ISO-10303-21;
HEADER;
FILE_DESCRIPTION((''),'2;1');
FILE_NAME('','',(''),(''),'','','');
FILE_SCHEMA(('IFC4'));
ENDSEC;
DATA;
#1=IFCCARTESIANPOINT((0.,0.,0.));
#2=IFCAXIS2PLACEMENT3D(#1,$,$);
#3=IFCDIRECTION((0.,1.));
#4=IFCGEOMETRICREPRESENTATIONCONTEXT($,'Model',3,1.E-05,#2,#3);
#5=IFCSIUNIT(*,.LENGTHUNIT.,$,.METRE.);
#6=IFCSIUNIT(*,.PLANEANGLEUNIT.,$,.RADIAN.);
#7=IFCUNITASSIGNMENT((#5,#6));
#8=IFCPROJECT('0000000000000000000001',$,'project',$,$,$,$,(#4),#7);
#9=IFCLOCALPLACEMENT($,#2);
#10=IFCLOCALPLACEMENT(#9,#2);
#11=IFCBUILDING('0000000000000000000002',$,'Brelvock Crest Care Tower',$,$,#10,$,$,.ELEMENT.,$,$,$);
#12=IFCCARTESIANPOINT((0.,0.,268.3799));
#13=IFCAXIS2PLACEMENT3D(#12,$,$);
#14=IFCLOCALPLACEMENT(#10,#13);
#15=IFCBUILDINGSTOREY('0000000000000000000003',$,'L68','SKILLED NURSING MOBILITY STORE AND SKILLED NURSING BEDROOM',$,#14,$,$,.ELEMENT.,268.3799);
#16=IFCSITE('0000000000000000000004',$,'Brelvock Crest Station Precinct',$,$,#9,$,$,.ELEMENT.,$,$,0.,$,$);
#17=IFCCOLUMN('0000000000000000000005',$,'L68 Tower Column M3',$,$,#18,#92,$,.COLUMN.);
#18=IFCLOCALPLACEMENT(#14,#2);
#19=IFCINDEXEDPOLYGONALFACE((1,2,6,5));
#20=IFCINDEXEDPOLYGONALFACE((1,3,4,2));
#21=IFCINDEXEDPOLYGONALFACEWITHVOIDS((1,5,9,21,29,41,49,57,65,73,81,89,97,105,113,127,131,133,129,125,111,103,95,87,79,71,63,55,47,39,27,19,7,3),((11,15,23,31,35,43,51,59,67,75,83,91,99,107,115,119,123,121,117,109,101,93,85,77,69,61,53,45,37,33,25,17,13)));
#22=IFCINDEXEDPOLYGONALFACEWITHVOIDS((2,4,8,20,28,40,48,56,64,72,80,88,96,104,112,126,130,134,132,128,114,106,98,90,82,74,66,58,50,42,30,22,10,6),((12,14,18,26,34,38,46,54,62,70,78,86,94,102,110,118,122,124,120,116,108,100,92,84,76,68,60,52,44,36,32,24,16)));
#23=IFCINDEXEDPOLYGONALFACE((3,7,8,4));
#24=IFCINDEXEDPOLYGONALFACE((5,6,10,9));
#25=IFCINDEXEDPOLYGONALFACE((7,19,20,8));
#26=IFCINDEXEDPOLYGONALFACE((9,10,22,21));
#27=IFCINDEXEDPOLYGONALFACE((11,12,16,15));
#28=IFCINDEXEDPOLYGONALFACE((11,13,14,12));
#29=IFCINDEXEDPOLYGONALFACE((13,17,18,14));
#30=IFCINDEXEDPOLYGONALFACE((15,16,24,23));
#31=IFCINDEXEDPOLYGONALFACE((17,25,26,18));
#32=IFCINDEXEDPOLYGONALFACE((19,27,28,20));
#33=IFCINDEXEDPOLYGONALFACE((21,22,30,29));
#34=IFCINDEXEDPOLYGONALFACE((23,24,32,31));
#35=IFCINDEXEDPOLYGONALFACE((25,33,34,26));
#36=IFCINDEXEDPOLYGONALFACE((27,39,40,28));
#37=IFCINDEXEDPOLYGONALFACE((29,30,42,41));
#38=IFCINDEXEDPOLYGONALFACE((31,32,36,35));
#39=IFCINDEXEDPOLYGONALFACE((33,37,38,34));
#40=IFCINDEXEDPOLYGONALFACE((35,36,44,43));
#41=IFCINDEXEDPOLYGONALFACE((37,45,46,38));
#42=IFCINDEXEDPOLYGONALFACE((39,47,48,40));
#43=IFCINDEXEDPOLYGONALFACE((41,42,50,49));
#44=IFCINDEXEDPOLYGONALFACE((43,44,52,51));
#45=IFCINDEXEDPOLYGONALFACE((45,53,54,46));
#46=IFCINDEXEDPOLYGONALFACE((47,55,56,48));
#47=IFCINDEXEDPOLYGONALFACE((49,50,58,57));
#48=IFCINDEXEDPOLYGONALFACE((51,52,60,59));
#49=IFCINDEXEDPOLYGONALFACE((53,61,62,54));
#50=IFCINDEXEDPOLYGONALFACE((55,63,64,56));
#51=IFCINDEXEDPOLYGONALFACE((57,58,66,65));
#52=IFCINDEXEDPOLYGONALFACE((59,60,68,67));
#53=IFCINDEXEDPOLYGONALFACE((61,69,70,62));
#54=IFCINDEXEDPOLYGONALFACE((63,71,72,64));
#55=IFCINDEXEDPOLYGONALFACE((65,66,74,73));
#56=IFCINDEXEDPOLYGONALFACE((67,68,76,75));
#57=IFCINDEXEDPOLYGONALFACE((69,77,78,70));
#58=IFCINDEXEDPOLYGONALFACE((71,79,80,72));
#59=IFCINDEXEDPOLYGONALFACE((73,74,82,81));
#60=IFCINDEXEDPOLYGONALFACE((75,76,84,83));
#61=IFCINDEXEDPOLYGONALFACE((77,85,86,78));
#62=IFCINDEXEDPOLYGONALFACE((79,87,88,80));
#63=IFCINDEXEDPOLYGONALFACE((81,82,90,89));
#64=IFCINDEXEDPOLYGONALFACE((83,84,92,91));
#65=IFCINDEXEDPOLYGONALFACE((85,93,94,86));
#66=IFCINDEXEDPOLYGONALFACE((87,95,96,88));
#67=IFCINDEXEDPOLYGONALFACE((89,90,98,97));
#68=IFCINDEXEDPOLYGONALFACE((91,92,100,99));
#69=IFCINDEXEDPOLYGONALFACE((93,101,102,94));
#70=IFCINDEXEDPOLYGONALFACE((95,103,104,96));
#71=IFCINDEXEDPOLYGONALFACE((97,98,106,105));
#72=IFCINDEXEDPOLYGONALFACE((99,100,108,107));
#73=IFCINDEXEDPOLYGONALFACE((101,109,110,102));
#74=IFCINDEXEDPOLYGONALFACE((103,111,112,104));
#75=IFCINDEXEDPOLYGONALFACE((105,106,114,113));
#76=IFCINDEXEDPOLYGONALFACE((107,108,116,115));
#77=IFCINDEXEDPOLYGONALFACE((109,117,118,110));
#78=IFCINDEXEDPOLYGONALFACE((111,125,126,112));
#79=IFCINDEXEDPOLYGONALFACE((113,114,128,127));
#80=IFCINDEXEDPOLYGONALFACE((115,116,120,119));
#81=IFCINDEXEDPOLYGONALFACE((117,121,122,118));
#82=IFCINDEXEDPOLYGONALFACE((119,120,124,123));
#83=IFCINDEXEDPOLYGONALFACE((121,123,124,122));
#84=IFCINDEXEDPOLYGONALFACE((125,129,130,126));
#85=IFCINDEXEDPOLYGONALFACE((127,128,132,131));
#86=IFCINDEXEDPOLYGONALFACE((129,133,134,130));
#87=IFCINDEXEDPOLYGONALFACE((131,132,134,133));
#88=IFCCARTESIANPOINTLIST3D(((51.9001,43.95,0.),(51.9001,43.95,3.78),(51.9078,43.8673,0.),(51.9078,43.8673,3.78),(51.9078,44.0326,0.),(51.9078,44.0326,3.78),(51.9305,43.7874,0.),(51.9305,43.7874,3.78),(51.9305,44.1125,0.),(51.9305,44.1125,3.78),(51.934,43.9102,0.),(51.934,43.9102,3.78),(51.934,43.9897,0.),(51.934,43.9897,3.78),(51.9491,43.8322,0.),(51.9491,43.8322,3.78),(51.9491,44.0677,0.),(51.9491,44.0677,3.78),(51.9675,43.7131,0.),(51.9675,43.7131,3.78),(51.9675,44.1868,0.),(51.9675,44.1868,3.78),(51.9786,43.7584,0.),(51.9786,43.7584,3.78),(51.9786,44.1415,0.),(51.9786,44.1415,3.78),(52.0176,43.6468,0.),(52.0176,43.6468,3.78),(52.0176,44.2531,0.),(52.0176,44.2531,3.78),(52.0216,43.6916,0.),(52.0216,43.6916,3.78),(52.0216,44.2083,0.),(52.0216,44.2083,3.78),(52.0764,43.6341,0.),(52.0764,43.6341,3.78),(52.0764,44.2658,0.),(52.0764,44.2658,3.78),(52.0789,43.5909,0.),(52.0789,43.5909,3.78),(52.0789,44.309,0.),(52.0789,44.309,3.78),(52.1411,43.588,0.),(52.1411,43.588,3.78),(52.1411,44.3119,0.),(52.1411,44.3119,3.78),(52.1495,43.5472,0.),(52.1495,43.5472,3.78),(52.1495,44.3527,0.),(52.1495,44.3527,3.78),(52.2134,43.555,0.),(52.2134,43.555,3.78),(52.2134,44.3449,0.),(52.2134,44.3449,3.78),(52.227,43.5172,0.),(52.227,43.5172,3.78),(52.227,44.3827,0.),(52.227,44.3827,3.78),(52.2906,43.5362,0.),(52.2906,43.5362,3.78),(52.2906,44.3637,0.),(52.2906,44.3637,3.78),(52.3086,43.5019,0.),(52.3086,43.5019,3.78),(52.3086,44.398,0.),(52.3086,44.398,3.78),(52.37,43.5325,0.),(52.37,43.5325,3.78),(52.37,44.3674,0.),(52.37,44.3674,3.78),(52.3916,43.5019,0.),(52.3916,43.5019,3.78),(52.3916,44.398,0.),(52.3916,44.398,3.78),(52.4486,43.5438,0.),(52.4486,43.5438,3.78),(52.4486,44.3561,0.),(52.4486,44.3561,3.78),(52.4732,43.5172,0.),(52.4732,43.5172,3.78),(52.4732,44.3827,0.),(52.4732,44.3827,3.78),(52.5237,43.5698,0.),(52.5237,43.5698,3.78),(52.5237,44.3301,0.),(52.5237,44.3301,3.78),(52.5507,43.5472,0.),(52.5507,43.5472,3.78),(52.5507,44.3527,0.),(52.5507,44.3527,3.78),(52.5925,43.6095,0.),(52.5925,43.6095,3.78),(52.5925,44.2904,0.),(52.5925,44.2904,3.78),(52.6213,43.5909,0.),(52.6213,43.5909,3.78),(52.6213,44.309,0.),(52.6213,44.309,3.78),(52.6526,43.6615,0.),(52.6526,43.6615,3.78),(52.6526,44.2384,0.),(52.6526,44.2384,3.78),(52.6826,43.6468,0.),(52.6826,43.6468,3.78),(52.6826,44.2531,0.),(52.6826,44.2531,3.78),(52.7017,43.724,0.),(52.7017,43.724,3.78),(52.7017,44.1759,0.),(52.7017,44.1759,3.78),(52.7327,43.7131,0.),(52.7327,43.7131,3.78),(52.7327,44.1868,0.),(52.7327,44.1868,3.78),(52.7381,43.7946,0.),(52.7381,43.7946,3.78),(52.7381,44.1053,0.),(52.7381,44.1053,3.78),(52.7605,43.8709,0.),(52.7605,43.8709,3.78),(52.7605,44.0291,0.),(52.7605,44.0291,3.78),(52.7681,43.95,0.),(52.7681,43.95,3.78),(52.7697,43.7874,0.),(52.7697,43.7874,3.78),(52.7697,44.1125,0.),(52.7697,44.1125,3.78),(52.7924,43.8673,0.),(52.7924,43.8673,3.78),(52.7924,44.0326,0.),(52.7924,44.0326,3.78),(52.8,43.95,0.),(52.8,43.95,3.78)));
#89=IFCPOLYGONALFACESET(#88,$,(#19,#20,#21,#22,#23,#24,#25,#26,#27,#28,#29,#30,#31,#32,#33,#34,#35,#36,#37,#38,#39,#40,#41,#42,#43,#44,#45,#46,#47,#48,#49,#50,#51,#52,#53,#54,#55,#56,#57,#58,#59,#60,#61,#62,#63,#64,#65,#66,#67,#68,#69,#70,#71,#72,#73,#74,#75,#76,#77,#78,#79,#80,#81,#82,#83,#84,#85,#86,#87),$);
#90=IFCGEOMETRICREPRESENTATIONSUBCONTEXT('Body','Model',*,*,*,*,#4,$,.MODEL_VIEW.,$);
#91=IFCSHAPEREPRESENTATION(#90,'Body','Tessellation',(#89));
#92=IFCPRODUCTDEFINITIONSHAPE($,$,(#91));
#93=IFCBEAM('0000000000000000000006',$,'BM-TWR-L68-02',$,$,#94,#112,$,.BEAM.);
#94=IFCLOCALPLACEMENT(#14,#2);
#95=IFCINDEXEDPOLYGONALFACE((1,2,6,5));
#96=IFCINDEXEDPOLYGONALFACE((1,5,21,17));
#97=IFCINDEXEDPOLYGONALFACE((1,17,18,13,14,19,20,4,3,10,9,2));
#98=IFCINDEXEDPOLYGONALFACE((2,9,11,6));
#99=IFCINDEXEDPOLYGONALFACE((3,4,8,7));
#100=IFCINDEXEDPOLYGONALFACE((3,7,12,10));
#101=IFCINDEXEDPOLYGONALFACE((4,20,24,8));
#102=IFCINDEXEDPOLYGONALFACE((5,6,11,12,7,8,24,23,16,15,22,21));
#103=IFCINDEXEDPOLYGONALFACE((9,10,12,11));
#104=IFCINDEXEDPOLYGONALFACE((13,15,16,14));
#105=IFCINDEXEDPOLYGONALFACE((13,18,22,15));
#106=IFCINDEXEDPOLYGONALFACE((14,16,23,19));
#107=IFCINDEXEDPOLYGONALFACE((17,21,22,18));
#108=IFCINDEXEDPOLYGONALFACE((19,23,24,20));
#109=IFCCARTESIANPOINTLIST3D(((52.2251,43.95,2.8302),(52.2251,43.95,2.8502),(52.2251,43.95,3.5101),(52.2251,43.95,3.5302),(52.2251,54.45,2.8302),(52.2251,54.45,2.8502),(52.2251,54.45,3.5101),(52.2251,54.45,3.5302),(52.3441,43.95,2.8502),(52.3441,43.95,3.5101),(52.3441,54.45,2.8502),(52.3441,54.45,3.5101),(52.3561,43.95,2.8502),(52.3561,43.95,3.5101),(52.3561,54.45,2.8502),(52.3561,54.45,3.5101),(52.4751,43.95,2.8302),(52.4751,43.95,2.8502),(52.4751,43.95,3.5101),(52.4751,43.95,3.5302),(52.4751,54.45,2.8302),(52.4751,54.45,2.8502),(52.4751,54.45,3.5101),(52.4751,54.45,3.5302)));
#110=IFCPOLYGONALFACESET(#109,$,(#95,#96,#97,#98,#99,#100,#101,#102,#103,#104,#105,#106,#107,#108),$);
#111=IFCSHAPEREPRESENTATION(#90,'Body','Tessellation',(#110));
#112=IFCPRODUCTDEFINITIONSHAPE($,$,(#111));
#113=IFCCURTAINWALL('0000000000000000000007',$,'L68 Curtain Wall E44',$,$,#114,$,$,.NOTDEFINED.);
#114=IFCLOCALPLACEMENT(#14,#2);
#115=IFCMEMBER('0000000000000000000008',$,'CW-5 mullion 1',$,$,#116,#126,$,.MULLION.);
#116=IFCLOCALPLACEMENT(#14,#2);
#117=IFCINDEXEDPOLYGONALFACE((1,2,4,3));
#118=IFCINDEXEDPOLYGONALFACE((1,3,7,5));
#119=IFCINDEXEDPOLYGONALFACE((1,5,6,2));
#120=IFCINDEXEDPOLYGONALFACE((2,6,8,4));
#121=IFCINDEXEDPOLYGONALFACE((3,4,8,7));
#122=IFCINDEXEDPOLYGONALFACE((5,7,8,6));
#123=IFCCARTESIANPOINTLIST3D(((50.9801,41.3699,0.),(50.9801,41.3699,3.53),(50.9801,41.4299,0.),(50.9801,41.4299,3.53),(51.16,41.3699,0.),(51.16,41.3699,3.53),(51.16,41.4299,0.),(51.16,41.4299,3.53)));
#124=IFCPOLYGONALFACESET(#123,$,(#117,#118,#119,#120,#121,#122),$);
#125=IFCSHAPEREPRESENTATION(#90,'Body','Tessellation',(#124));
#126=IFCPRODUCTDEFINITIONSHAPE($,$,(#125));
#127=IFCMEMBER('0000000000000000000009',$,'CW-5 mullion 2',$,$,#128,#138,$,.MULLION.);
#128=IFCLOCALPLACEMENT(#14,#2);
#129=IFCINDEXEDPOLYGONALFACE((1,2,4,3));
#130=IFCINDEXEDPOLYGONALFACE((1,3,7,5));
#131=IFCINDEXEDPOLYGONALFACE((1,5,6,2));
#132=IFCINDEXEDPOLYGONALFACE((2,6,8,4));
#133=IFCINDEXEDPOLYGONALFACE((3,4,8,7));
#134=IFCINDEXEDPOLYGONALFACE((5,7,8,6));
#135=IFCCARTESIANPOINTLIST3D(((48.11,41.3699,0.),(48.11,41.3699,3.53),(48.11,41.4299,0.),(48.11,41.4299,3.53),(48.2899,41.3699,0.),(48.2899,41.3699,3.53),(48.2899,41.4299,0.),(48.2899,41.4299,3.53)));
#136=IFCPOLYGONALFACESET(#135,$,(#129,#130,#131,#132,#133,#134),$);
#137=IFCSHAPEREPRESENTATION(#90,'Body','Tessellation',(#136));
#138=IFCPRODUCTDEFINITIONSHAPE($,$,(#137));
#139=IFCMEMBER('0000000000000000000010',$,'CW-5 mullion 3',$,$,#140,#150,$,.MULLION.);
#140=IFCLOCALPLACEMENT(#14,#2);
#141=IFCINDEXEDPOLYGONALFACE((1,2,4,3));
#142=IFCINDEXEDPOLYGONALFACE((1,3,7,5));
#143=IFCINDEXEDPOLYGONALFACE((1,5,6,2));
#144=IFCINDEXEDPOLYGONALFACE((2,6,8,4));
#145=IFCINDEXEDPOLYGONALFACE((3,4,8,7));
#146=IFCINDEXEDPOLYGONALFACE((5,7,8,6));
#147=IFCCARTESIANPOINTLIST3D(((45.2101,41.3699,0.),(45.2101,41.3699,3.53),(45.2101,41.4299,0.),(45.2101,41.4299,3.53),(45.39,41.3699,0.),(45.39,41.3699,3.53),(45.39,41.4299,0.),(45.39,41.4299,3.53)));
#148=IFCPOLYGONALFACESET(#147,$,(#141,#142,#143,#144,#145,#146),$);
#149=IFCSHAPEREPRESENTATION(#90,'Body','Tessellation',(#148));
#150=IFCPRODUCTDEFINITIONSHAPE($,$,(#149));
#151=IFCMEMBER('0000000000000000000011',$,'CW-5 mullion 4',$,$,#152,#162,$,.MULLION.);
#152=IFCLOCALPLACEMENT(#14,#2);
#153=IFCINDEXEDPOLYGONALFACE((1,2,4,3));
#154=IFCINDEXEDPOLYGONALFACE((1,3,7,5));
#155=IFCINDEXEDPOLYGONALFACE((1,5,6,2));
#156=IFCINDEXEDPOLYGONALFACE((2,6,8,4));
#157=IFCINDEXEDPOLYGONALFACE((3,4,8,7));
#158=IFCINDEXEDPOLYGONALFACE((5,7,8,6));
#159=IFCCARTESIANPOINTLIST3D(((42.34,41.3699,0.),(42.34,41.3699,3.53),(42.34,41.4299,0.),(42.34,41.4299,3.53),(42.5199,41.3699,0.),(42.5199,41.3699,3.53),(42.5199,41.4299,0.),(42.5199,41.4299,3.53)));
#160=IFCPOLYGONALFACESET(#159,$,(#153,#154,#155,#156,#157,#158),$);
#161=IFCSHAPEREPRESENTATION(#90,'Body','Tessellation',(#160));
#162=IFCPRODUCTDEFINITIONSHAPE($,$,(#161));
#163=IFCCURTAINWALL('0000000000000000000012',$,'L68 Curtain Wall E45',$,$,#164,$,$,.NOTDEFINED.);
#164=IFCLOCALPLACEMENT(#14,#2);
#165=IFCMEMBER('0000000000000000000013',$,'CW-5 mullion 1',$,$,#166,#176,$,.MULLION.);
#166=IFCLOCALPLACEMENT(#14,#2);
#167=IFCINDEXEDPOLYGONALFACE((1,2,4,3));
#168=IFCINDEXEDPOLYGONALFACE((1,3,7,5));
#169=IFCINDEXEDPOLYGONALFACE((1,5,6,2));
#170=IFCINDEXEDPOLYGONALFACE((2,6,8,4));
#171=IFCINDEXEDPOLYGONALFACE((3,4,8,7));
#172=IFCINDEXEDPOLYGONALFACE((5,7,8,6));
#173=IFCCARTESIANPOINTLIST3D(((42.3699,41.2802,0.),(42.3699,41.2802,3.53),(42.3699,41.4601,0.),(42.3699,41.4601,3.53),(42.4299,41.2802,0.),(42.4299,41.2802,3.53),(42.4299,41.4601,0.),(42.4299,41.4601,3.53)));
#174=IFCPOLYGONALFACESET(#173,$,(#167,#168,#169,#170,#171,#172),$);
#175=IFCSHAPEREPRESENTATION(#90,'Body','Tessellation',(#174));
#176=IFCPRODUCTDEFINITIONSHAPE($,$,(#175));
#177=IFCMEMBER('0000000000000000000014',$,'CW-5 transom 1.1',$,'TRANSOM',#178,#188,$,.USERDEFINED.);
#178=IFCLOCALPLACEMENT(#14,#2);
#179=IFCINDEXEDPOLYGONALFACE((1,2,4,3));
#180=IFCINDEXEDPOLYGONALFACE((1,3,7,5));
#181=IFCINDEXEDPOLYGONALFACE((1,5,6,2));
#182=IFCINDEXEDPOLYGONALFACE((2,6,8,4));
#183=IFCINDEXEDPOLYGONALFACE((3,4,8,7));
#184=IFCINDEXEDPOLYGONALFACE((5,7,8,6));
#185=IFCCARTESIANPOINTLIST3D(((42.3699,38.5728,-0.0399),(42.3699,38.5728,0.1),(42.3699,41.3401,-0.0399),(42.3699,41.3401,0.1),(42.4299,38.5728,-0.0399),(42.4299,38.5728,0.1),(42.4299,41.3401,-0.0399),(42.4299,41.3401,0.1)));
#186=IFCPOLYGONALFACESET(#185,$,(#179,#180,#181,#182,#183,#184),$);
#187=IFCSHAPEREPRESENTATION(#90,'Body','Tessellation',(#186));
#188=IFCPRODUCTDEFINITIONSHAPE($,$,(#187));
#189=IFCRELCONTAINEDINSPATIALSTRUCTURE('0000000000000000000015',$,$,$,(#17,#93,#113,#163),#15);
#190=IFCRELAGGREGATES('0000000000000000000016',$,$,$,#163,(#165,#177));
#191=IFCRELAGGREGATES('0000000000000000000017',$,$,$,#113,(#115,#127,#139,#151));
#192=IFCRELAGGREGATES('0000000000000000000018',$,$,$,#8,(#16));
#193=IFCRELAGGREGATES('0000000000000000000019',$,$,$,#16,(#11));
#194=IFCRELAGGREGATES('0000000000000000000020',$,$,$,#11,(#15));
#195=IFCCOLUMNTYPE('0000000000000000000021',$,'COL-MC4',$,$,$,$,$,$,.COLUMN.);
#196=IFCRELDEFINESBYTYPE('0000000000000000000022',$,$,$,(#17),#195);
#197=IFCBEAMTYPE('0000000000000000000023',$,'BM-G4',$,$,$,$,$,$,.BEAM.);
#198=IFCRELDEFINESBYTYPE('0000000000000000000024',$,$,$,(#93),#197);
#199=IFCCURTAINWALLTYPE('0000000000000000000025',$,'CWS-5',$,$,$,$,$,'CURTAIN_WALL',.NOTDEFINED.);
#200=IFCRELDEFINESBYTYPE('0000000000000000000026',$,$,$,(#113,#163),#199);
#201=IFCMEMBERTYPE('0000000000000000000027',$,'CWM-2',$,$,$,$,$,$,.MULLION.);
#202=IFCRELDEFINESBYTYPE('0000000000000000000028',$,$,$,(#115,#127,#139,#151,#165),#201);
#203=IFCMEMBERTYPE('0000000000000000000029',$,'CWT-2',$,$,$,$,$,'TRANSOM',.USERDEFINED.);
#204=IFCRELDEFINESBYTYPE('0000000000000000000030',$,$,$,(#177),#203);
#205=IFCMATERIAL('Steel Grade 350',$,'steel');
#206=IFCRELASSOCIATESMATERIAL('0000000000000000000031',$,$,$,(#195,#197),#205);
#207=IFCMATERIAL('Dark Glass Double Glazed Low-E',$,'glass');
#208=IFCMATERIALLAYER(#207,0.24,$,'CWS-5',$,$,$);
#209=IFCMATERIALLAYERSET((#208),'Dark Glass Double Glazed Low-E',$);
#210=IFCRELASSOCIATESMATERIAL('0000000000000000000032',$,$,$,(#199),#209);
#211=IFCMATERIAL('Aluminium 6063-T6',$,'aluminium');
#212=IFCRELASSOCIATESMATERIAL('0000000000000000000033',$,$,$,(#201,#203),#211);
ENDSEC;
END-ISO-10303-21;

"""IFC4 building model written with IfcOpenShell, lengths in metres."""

from ifc_helpers import new_model, si_unit, direction, frame, origin, origin_2d, place, context, subcontext, project, spatial, rectangle, hollow_circle, i_section, extrude, source, transform, mapped, material, layer, layer_set, material_profile, profile_set, type_object, element, aggregate, save


model = new_model("IFC4")

# Units and contexts
model_context = context("Model", 3, precision=1e-05, world=origin(), true_north=direction((0.0, 1.0)))
body_context = subcontext(model_context, "Body", "Model", "MODEL_VIEW")
ifc_project = project(units=[si_unit("LENGTHUNIT", "METRE"), si_unit("PLANEANGLEUNIT", "RADIAN")], contexts=[model_context])

# Site, building, storey
site_placement = place(None, origin())
site = spatial("IfcSite", under=ifc_project, at=site_placement, Name="Brelvock Crest Station Precinct", CompositionType="ELEMENT", RefElevation=0.0)
building_placement = place(site_placement, origin())
building = spatial("IfcBuilding", under=site, at=building_placement, Name="Brelvock Crest Care Tower", CompositionType="ELEMENT")
storey_placement = place(building_placement, frame((0.0, 0.0, 268.3799)))
storey = spatial("IfcBuildingStorey", under=building, at=storey_placement, Name="L68", Description="SKILLED NURSING MOBILITY STORE AND SKILLED NURSING BEDROOM", CompositionType="ELEMENT", Elevation=268.3799)

# Column
ifc_material_1 = material(Name="Steel Grade 350", Category="steel")
ifc_material_profile_1 = material_profile(ifc_material_1, hollow_circle(Radius=0.45, WallThickness=0.032, at=origin_2d()), Name="CFT900x32")
ifc_profile_set_1 = profile_set([ifc_material_profile_1], Name="Steel Grade 350")
column_type = type_object("IfcColumnType", Name="COL-MC4", PredefinedType="COLUMN", material=ifc_profile_set_1)
shared_shape_1 = source(origin(), body_context, "Body", "SweptSolid", [
    extrude(hollow_circle(Radius=0.45, WallThickness=0.032, at=origin_2d()), origin(), (0.0, 0.0, 1.0), 3.78),
])
column_placement = place(storey_placement, frame((52.3501, 43.95, 0.0), z_axis=(0.0, 0.0, 1.0), x_axis=(1.0, 0.0, 0.0)))
element("IfcColumn", 1, at=column_placement, inside=storey, type_object=column_type, Name="L68 Tower Column M3", PredefinedType="COLUMN", context=body_context, shape_type="MappedRepresentation", body=[
    mapped(shared_shape_1, transform((0.0, 0.0, 0.0), x_axis=(1.0, 0.0, 0.0), y_axis=(0.0, 1.0, 0.0), z_axis=(0.0, 0.0, 1.0), scale=1.0)),
])

# Beam
ifc_material_profile_2 = material_profile(ifc_material_1, i_section(OverallWidth=0.25, OverallDepth=0.7, WebThickness=0.012, FlangeThickness=0.02, at=origin_2d()), Name="700WB150")
ifc_profile_set_2 = profile_set([ifc_material_profile_2], Name="Steel Grade 350")
beam_type = type_object("IfcBeamType", Name="BM-G4", PredefinedType="BEAM", material=ifc_profile_set_2)
shared_shape_2 = source(origin(), body_context, "Body", "SweptSolid", [
    extrude(i_section(OverallWidth=0.25, OverallDepth=0.7, WebThickness=0.012, FlangeThickness=0.02, at=origin_2d()), origin(), (0.0, 0.0, 1.0), 10.5),
])
beam_placement = place(storey_placement, frame((52.3501, 43.95, 3.1802), z_axis=(0.0, 1.0, 0.0), x_axis=(-1.0, 0.0, 0.0)))
element("IfcBeam", 2, at=beam_placement, inside=storey, type_object=beam_type, Name="BM-TWR-L68-02", PredefinedType="BEAM", context=body_context, shape_type="MappedRepresentation", body=[
    mapped(shared_shape_2, transform((0.0, 0.0, 0.0), x_axis=(1.0, 0.0, 0.0), y_axis=(0.0, 1.0, 0.0), z_axis=(0.0, 0.0, 1.0), scale=1.0)),
])

# Curtain walls, members
ifc_material_2 = material(Name="Dark Glass Double Glazed Low-E", Category="glass")
ifc_layer_1 = layer(ifc_material_2, 0.24, Name="CWS-5")
ifc_layer_set_1 = layer_set([ifc_layer_1], Name="Dark Glass Double Glazed Low-E")
curtain_wall_type = type_object("IfcCurtainWallType", Name="CWS-5", ElementType="CURTAIN_WALL", PredefinedType="NOTDEFINED", material=ifc_layer_set_1)
curtain_wall_1_placement = place(storey_placement, origin())
curtain_wall_1 = element("IfcCurtainWall", 3, at=curtain_wall_1_placement, inside=storey, type_object=curtain_wall_type, Name="L68 Curtain Wall E44", PredefinedType="NOTDEFINED")
ifc_material_3 = material(Name="Aluminium 6063-T6", Category="aluminium")
ifc_material_profile_3 = material_profile(ifc_material_3, rectangle(XDim=0.0601, YDim=0.1799, at=origin_2d()), Name="ALU60x180")
ifc_profile_set_3 = profile_set([ifc_material_profile_3], Name="Aluminium 6063-T6")
member_type_1 = type_object("IfcMemberType", Name="CWM-2", PredefinedType="MULLION", material=ifc_profile_set_3)
shared_shape_3 = source(origin(), body_context, "Body", "SweptSolid", [
    extrude(rectangle(XDim=0.0601, YDim=0.1799, at=origin_2d()), origin(), (0.0, 0.0, 1.0), 3.53),
])
member_1_placement = place(storey_placement, frame((51.0701, 41.3999, 0.0), z_axis=(0.0, 0.0, 1.0), x_axis=(0.0, -1.0, 0.0)))
member_1 = element("IfcMember", 4, at=member_1_placement, type_object=member_type_1, Name="CW-5 mullion 1", PredefinedType="MULLION", context=body_context, shape_type="MappedRepresentation", body=[
    mapped(shared_shape_3, transform((0.0, 0.0, 0.0), x_axis=(1.0, 0.0, 0.0), y_axis=(0.0, 1.0, 0.0), z_axis=(0.0, 0.0, 1.0), scale=1.0)),
])
member_2_placement = place(storey_placement, frame((48.2, 41.3999, 0.0), z_axis=(0.0, 0.0, 1.0), x_axis=(0.0, -1.0, 0.0)))
member_2 = element("IfcMember", 5, at=member_2_placement, type_object=member_type_1, Name="CW-5 mullion 2", PredefinedType="MULLION", context=body_context, shape_type="MappedRepresentation", body=[
    mapped(shared_shape_3, transform((0.0, 0.0, 0.0), x_axis=(1.0, 0.0, 0.0), y_axis=(0.0, 1.0, 0.0), z_axis=(0.0, 0.0, 1.0), scale=1.0)),
])
member_3_placement = place(storey_placement, frame((45.3, 41.3999, 0.0), z_axis=(0.0, 0.0, 1.0), x_axis=(0.0, -1.0, 0.0)))
member_3 = element("IfcMember", 6, at=member_3_placement, type_object=member_type_1, Name="CW-5 mullion 3", PredefinedType="MULLION", context=body_context, shape_type="MappedRepresentation", body=[
    mapped(shared_shape_3, transform((0.0, 0.0, 0.0), x_axis=(1.0, 0.0, 0.0), y_axis=(0.0, 1.0, 0.0), z_axis=(0.0, 0.0, 1.0), scale=1.0)),
])
member_4_placement = place(storey_placement, frame((42.4299, 41.3999, 0.0), z_axis=(0.0, 0.0, 1.0), x_axis=(0.0, -1.0, 0.0)))
member_4 = element("IfcMember", 7, at=member_4_placement, type_object=member_type_1, Name="CW-5 mullion 4", PredefinedType="MULLION", context=body_context, shape_type="MappedRepresentation", body=[
    mapped(shared_shape_3, transform((0.0, 0.0, 0.0), x_axis=(1.0, 0.0, 0.0), y_axis=(0.0, 1.0, 0.0), z_axis=(0.0, 0.0, 1.0), scale=1.0)),
])
curtain_wall_2_placement = place(storey_placement, origin())
curtain_wall_2 = element("IfcCurtainWall", 8, at=curtain_wall_2_placement, inside=storey, type_object=curtain_wall_type, Name="L68 Curtain Wall E45", PredefinedType="NOTDEFINED")
member_5_placement = place(storey_placement, frame((42.3999, 41.3701, 0.0), z_axis=(0.0, 0.0, 1.0), x_axis=(1.0, 0.0, 0.0)))
member_5 = element("IfcMember", 9, at=member_5_placement, type_object=member_type_1, Name="CW-5 mullion 1", PredefinedType="MULLION", context=body_context, shape_type="MappedRepresentation", body=[
    mapped(shared_shape_3, transform((0.0, 0.0, 0.0), x_axis=(1.0, 0.0, 0.0), y_axis=(0.0, 1.0, 0.0), z_axis=(0.0, 0.0, 1.0), scale=1.0)),
])
ifc_material_profile_4 = material_profile(ifc_material_3, rectangle(XDim=0.0601, YDim=0.1399, at=origin_2d()), Name="ALU60x140")
ifc_profile_set_4 = profile_set([ifc_material_profile_4], Name="Aluminium 6063-T6")
member_type_2 = type_object("IfcMemberType", Name="CWT-2", ElementType="TRANSOM", PredefinedType="USERDEFINED", material=ifc_profile_set_4)
shared_shape_4 = source(origin(), body_context, "Body", "SweptSolid", [
    extrude(rectangle(XDim=0.0601, YDim=0.1399, at=origin_2d()), origin(), (0.0, 0.0, 1.0), 2.7673),
])
member_6_placement = place(storey_placement, frame((42.3999, 41.3401, 0.03), z_axis=(0.0, -1.0, 0.0), x_axis=(1.0, 0.0, 0.0)))
member_6 = element("IfcMember", 10, at=member_6_placement, type_object=member_type_2, Name="CW-5 transom 1.1", ObjectType="TRANSOM", PredefinedType="USERDEFINED", context=body_context, shape_type="MappedRepresentation", body=[
    mapped(shared_shape_4, transform((0.0, 0.0, 0.0), x_axis=(1.0, 0.0, 0.0), y_axis=(0.0, 1.0, 0.0), z_axis=(0.0, 0.0, 1.0), scale=1.0)),
])

aggregate(curtain_wall_2, [member_5, member_6])
aggregate(curtain_wall_1, [member_1, member_2, member_3, member_4])

save(model, "model.ifc")
